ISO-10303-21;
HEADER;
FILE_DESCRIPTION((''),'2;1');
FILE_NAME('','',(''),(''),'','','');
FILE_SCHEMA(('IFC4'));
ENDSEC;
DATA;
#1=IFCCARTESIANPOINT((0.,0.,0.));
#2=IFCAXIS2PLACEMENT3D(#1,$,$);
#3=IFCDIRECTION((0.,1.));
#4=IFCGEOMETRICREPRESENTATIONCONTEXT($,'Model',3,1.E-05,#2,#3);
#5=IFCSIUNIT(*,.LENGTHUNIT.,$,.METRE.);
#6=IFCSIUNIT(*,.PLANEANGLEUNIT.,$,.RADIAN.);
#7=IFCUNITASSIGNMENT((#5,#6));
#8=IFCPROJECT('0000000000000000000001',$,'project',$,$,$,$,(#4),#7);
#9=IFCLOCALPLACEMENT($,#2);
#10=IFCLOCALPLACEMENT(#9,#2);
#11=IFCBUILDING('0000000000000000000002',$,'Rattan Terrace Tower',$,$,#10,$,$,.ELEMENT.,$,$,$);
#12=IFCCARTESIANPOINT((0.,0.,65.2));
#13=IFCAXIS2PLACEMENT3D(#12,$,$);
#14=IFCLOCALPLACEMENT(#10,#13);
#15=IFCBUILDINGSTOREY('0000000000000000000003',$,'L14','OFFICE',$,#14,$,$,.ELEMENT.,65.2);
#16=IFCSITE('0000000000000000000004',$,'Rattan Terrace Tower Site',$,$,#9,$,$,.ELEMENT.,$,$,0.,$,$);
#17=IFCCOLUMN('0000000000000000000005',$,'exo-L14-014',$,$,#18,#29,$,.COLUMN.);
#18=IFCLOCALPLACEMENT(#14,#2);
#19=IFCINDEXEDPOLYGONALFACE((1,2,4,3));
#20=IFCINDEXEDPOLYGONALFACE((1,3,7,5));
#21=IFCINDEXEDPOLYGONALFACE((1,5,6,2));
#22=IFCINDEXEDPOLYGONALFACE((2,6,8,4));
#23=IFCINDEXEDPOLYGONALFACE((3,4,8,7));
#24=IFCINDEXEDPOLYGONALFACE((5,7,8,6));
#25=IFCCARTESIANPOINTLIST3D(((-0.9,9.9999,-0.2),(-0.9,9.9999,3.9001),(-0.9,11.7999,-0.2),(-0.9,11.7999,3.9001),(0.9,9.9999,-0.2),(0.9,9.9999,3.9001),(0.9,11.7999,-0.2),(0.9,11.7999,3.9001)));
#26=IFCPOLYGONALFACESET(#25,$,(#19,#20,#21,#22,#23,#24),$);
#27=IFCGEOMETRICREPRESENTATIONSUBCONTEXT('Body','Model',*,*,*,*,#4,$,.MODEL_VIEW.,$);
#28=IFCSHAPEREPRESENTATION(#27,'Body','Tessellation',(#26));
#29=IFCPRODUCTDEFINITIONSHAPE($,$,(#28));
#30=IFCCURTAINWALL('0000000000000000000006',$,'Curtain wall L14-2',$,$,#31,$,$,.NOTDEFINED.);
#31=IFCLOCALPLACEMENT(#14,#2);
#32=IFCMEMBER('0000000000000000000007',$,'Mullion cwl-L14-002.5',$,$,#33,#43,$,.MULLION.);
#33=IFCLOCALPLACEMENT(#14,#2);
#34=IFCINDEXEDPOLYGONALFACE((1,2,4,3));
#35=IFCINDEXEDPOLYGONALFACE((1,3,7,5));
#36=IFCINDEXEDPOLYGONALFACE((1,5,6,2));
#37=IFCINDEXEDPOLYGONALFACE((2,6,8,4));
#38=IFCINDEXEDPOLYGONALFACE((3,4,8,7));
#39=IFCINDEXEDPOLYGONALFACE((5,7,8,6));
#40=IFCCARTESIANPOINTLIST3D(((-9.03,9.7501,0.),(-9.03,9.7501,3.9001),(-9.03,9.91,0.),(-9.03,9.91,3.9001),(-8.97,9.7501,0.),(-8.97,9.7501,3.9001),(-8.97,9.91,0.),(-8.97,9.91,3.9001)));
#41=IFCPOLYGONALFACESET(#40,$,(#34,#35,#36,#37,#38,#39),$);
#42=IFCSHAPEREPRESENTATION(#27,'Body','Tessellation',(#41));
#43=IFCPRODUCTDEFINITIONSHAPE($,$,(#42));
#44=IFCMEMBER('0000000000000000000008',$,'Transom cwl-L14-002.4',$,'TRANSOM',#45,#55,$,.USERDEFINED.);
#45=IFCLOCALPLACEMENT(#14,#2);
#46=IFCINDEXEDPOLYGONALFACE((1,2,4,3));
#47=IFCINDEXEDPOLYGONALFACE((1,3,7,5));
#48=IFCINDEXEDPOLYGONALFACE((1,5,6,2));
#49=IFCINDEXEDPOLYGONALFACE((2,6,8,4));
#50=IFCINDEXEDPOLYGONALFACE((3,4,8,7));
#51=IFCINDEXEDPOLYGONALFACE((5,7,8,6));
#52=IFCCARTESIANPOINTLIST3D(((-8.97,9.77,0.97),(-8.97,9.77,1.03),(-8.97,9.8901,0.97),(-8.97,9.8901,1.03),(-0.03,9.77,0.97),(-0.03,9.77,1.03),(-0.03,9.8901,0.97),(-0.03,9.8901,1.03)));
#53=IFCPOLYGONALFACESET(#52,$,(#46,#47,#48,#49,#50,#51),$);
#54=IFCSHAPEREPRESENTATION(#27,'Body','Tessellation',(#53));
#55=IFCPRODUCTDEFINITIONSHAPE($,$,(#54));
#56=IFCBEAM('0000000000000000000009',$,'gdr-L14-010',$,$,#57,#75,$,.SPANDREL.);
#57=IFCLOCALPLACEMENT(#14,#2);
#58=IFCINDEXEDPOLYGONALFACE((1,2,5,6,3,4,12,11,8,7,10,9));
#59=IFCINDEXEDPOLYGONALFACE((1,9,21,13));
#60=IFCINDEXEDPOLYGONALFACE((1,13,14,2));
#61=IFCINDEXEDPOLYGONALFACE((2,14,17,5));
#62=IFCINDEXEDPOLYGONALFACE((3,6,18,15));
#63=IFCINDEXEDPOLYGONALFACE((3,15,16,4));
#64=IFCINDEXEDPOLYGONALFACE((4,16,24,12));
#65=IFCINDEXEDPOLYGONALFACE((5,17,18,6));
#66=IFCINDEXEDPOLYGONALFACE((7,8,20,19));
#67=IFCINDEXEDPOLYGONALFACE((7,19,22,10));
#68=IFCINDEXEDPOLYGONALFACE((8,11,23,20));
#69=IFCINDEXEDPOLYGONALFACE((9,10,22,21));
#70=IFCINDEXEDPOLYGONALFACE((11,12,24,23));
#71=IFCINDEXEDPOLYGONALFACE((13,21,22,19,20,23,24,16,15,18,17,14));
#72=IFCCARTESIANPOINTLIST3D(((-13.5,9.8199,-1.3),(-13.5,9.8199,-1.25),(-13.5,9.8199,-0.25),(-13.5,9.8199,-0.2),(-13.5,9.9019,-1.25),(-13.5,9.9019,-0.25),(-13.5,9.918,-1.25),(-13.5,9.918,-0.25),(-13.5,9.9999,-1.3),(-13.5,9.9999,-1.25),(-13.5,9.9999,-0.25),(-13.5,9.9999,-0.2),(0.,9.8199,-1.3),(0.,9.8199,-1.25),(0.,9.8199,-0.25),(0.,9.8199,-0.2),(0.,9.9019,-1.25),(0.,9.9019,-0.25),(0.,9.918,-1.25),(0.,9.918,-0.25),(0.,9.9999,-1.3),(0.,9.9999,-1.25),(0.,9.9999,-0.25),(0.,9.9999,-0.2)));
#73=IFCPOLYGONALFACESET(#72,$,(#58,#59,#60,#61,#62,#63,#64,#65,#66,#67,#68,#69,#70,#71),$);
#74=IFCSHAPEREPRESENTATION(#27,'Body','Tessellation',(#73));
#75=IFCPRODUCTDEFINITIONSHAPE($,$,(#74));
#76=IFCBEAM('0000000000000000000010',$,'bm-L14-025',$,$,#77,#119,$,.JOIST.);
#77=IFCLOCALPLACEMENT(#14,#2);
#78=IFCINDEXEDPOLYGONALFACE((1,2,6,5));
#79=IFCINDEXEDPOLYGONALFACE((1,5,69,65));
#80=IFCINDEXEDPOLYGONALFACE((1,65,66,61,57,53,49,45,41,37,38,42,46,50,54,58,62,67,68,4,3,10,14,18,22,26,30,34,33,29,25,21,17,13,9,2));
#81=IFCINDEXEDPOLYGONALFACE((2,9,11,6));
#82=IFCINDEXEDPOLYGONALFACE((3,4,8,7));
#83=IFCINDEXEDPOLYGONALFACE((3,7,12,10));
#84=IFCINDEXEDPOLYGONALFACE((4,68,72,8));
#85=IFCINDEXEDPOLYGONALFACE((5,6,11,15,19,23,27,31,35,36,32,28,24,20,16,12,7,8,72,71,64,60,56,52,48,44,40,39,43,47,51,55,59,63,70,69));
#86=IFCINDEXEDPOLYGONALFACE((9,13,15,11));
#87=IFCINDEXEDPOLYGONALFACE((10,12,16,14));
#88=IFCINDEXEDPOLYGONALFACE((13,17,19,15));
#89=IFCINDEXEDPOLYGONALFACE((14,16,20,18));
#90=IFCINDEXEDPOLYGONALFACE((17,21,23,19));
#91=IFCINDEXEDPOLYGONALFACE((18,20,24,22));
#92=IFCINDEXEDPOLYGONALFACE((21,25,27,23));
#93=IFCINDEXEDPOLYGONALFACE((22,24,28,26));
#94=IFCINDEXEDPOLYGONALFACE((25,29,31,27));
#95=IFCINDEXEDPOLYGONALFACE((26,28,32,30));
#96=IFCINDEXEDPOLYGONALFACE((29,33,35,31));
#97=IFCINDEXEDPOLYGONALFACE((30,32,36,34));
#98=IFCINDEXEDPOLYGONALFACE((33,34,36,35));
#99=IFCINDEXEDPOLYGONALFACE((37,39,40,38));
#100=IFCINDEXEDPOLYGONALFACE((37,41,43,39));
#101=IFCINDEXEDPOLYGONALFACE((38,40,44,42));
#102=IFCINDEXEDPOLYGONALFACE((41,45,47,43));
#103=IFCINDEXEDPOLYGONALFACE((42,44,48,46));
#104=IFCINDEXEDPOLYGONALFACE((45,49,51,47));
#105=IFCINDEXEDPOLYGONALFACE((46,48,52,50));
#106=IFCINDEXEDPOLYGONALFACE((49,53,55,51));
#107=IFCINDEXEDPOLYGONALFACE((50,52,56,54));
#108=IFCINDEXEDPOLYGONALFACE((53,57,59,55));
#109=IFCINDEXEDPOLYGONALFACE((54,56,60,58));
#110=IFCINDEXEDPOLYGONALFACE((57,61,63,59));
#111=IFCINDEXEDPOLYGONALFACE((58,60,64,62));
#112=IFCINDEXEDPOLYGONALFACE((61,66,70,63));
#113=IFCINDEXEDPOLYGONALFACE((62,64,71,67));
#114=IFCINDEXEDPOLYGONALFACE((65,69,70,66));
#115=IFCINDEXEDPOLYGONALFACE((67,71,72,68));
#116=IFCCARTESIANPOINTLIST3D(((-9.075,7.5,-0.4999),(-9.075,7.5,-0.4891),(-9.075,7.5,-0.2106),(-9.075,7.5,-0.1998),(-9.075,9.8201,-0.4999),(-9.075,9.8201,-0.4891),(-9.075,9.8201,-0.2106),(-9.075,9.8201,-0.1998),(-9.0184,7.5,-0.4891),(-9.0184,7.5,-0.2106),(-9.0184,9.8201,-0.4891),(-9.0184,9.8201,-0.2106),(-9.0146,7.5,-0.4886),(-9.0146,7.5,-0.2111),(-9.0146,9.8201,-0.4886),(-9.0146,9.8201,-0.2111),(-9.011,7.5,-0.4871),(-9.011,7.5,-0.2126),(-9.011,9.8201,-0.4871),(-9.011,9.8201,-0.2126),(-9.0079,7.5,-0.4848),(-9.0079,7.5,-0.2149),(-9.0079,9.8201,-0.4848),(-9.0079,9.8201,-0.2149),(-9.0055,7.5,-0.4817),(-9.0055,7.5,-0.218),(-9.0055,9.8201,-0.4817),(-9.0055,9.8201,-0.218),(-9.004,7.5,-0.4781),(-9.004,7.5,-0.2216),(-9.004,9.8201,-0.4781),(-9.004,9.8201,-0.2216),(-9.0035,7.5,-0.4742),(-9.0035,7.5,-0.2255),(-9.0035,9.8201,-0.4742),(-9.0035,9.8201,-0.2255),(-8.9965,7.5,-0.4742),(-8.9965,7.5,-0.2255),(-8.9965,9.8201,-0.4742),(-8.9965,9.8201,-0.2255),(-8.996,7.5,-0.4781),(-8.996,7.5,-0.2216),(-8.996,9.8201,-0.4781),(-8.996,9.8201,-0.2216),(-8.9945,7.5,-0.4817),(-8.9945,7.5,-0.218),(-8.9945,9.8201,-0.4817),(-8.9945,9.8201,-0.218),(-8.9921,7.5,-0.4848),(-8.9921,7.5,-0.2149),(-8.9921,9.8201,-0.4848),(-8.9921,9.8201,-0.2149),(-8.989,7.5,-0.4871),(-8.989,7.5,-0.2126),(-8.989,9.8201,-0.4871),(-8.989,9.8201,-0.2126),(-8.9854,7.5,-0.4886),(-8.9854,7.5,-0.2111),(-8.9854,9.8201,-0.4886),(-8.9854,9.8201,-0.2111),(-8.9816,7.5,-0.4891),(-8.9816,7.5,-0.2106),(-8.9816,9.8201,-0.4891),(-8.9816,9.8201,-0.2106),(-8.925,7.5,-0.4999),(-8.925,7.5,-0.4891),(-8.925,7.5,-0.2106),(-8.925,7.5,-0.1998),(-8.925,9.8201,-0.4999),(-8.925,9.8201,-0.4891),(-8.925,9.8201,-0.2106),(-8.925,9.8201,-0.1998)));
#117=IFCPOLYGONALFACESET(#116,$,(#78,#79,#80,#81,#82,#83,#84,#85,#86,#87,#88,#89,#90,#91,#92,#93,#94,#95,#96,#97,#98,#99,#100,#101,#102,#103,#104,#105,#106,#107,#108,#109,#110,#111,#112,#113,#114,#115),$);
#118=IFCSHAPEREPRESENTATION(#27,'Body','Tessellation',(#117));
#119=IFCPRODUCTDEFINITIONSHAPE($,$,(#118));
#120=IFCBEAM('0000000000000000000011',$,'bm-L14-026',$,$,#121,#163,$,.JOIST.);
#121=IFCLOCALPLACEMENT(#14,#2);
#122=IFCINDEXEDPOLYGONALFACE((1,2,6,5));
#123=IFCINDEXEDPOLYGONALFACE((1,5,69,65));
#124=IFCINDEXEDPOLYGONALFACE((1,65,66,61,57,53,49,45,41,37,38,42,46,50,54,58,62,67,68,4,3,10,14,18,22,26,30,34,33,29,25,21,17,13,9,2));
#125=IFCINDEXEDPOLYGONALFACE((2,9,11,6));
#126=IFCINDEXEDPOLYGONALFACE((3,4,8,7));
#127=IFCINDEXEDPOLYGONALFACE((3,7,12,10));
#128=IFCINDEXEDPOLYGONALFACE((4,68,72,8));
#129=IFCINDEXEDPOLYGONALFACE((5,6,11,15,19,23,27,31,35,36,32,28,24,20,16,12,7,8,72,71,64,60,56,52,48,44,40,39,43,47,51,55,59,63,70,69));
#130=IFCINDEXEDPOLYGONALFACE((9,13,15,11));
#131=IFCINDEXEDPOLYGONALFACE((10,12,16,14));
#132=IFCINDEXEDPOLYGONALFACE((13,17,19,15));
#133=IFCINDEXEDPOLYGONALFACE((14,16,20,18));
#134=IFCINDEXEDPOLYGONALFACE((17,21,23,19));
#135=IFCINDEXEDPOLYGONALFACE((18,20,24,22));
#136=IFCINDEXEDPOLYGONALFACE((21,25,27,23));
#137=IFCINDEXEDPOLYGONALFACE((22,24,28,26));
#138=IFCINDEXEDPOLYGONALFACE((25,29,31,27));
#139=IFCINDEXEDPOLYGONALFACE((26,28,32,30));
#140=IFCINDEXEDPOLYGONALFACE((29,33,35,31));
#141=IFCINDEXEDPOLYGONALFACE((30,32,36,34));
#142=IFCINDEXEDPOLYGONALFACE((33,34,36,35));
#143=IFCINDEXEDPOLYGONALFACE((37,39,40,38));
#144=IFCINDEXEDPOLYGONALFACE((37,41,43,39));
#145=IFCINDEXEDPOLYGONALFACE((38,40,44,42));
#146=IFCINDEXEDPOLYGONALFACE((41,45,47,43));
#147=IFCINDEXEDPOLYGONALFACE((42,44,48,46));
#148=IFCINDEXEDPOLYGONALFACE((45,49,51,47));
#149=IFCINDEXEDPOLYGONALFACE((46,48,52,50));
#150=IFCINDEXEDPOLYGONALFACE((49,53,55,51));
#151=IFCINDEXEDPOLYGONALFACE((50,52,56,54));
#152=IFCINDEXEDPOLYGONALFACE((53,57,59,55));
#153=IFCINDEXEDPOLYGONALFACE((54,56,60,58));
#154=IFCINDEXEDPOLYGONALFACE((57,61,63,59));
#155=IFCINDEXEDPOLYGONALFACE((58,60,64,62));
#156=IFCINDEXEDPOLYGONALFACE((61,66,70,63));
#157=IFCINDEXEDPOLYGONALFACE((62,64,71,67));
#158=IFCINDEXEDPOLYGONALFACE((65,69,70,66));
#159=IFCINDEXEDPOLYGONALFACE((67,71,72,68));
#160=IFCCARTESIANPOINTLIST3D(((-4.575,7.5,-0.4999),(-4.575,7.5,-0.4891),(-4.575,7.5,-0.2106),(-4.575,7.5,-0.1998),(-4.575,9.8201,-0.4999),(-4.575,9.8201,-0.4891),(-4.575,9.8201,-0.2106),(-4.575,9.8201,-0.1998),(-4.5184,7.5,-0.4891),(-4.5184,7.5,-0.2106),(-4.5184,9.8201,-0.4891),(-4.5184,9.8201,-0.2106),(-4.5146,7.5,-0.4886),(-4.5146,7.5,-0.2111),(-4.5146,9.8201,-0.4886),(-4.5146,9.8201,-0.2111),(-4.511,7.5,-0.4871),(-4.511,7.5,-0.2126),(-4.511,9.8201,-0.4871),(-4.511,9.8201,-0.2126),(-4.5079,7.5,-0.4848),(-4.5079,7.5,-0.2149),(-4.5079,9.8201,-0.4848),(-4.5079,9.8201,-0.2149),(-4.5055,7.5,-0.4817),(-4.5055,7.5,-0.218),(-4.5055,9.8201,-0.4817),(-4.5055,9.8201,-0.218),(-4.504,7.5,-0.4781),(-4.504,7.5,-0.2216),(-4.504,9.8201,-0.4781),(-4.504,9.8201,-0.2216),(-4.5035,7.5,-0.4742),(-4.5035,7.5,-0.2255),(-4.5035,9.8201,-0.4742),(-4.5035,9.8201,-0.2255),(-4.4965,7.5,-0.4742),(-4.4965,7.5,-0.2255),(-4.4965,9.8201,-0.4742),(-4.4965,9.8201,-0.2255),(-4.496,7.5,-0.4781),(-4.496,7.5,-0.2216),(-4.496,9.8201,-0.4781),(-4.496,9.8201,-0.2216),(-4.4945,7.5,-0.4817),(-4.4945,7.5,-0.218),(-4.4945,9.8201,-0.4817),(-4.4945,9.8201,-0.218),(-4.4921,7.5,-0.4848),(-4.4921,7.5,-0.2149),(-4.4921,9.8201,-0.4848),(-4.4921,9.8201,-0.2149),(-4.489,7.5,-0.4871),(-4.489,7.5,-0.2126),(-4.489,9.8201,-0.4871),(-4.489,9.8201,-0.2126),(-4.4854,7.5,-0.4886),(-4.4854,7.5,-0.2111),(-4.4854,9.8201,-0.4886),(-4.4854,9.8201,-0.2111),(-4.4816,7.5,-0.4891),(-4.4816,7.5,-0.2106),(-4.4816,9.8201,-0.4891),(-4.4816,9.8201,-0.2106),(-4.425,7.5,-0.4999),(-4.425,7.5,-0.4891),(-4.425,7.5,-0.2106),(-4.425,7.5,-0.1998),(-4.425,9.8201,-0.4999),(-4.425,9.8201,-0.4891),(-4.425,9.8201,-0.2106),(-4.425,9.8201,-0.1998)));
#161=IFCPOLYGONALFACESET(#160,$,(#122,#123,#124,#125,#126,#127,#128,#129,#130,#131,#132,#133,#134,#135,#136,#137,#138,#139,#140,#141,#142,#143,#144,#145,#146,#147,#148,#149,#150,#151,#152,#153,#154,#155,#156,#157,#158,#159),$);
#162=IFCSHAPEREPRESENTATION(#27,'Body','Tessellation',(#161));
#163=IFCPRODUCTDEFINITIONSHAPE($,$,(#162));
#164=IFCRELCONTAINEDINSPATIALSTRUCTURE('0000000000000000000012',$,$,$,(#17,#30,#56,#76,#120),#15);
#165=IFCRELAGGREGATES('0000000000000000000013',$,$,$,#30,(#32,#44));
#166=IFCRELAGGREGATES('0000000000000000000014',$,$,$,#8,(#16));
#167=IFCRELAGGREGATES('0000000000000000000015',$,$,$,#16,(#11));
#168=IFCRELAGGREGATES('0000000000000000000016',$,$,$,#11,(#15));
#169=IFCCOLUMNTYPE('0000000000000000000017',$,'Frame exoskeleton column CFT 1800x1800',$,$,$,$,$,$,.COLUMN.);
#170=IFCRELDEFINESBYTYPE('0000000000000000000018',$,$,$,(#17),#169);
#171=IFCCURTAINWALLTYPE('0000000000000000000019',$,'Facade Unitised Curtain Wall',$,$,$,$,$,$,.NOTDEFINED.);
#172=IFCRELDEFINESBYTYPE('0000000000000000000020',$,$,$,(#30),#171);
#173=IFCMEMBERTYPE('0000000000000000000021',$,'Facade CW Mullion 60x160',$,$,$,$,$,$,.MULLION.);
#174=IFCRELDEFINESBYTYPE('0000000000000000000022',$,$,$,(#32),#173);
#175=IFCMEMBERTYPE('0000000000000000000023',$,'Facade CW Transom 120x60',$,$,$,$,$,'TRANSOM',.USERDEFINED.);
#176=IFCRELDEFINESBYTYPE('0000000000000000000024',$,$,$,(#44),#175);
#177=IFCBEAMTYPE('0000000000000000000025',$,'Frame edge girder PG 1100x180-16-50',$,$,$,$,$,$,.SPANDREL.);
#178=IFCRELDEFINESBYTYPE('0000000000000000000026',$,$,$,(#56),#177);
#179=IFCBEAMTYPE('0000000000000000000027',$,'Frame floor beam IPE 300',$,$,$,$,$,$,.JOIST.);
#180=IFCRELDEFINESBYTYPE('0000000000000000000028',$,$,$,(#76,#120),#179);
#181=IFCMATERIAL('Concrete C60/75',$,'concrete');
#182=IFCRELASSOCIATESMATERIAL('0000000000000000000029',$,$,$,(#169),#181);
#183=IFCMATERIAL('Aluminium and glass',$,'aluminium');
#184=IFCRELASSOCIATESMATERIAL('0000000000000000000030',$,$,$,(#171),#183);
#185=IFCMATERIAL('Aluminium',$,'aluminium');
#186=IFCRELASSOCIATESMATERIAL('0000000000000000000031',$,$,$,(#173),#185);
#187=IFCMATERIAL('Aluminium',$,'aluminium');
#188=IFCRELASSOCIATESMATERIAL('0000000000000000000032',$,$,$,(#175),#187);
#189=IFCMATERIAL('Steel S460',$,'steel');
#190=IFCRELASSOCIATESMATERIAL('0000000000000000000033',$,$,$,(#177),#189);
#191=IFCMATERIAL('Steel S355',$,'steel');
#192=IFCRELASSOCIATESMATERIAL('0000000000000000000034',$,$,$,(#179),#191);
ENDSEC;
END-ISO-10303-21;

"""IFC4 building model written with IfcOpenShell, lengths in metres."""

from ifc_helpers import new_model, si_unit, direction, frame, origin, origin_2d, place, context, subcontext, project, spatial, rectangle, i_section, extrude, material, material_profile, profile_set, type_object, element, aggregate, save


model = new_model("IFC4")

# Units and contexts
model_context = context("Model", 3, precision=1e-05, world=origin(), true_north=direction((0.0, 1.0)))
body_context = subcontext(model_context, "Body", "Model", "MODEL_VIEW")
ifc_project = project(units=[si_unit("LENGTHUNIT", "METRE"), si_unit("PLANEANGLEUNIT", "RADIAN")], contexts=[model_context])

# Site, building, storey
site_placement = place(None, origin())
site = spatial("IfcSite", under=ifc_project, at=site_placement, Name="Rattan Terrace Tower Site", CompositionType="ELEMENT", RefElevation=0.0)
building_placement = place(site_placement, origin())
building = spatial("IfcBuilding", under=site, at=building_placement, Name="Rattan Terrace Tower", CompositionType="ELEMENT")
storey_placement = place(building_placement, frame((0.0, 0.0, 65.2)))
storey = spatial("IfcBuildingStorey", under=building, at=storey_placement, Name="L14", Description="OFFICE", CompositionType="ELEMENT", Elevation=65.2)

# Column
ifc_material_1 = material(Name="Concrete C60/75", Category="concrete")
ifc_material_profile_1 = material_profile(ifc_material_1, rectangle(XDim=1.8, YDim=1.8, at=origin_2d()), Name="CFT 1800x1800")
ifc_profile_set_1 = profile_set([ifc_material_profile_1], Name="Concrete C60/75")
column_type = type_object("IfcColumnType", Name="Frame exoskeleton column CFT 1800x1800", PredefinedType="COLUMN", material=ifc_profile_set_1)
column_placement = place(storey_placement, frame((0.0, 10.8999, -0.2), z_axis=(0.0, 0.0, 1.0), x_axis=(1.0, 0.0, 0.0)))
element("IfcColumn", 1, at=column_placement, inside=storey, type_object=column_type, Name="exo-L14-014", PredefinedType="COLUMN", context=body_context, shape_type="SweptSolid", body=[
    extrude(rectangle(XDim=1.8, YDim=1.8, at=origin_2d()), origin(), (0.0, 0.0, 1.0), 4.1001),
])

# Curtain wall, members
ifc_material_2 = material(Name="Aluminium and glass", Category="aluminium")
curtain_wall_type = type_object("IfcCurtainWallType", Name="Facade Unitised Curtain Wall", PredefinedType="NOTDEFINED", material=ifc_material_2)
curtain_wall_placement = place(storey_placement, origin())
curtain_wall = element("IfcCurtainWall", 2, at=curtain_wall_placement, inside=storey, type_object=curtain_wall_type, Name="Curtain wall L14-2", PredefinedType="NOTDEFINED")
ifc_material_3 = material(Name="Aluminium", Category="aluminium")
ifc_material_profile_2 = material_profile(ifc_material_3, rectangle(XDim=0.0601, YDim=0.1599, at=origin_2d()), Name="Aluminium 60x160")
ifc_profile_set_2 = profile_set([ifc_material_profile_2], Name="Aluminium")
member_type_1 = type_object("IfcMemberType", Name="Facade CW Mullion 60x160", PredefinedType="MULLION", material=ifc_profile_set_2)
member_1_placement = place(storey_placement, frame((-9.0, 9.8301, 0.0), z_axis=(0.0, 0.0, 1.0), x_axis=(-1.0, 0.0, 0.0)))
member_1 = element("IfcMember", 3, at=member_1_placement, type_object=member_type_1, Name="Mullion cwl-L14-002.5", PredefinedType="MULLION", context=body_context, shape_type="SweptSolid", body=[
    extrude(rectangle(XDim=0.0601, YDim=0.1599, at=origin_2d()), origin(), (0.0, 0.0, 1.0), 3.9001),
])
ifc_material_4 = material(Name="Aluminium", Category="aluminium")
ifc_material_profile_3 = material_profile(ifc_material_4, rectangle(XDim=0.1201, YDim=0.0601, at=origin_2d()), Name="Aluminium 120x60")
ifc_profile_set_3 = profile_set([ifc_material_profile_3], Name="Aluminium")
member_type_2 = type_object("IfcMemberType", Name="Facade CW Transom 120x60", ElementType="TRANSOM", PredefinedType="USERDEFINED", material=ifc_profile_set_3)
member_2_placement = place(storey_placement, frame((-0.03, 9.8301, 1.0), z_axis=(-1.0, 0.0, 0.0), x_axis=(0.0, -1.0, 0.0)))
member_2 = element("IfcMember", 4, at=member_2_placement, type_object=member_type_2, Name="Transom cwl-L14-002.4", ObjectType="TRANSOM", PredefinedType="USERDEFINED", context=body_context, shape_type="SweptSolid", body=[
    extrude(rectangle(XDim=0.1201, YDim=0.0601, at=origin_2d()), origin(), (0.0, 0.0, 1.0), 8.9399),
])

# Beams
ifc_material_5 = material(Name="Steel S460", Category="steel")
ifc_material_profile_4 = material_profile(ifc_material_5, i_section(OverallWidth=0.1799, OverallDepth=1.1001, WebThickness=0.0161, FlangeThickness=0.05, at=origin_2d()), Name="PG 1100x180-16-50")
ifc_profile_set_4 = profile_set([ifc_material_profile_4], Name="Steel S460")
beam_type_1 = type_object("IfcBeamType", Name="Frame edge girder PG 1100x180-16-50", PredefinedType="SPANDREL", material=ifc_profile_set_4)
beam_placement = place(storey_placement, frame((0.0, 9.9099, -0.75), z_axis=(-1.0, 0.0, 0.0), x_axis=(0.0, -1.0, 0.0)))
element("IfcBeam", 5, at=beam_placement, inside=storey, type_object=beam_type_1, Name="gdr-L14-010", PredefinedType="SPANDREL", context=body_context, shape_type="SweptSolid", body=[
    extrude(i_section(OverallWidth=0.1799, OverallDepth=1.1001, WebThickness=0.0161, FlangeThickness=0.05, at=origin_2d()), origin(), (0.0, 0.0, 1.0), 13.5),
])
ifc_material_6 = material(Name="Steel S355", Category="steel")
ifc_material_profile_5 = material_profile(ifc_material_6, i_section(OverallWidth=0.1499, OverallDepth=0.3, WebThickness=0.0071, FlangeThickness=0.0107, FilletRadius=0.0149, at=origin_2d()), Name="IPE 300")
ifc_profile_set_5 = profile_set([ifc_material_profile_5], Name="Steel S355")
beam_type_2 = type_object("IfcBeamType", Name="Frame floor beam IPE 300", PredefinedType="JOIST", material=ifc_profile_set_5)
for number, where, z_axis, x_axis, name in (
    (6, (-9.0, 7.5, -0.3499), (0.0, 1.0, 0.0), (-1.0, 0.0, 0.0), "bm-L14-025"),
    (7, (-4.5, 7.5, -0.3499), (0.0, 1.0, 0.0), (-1.0, 0.0, 0.0), "bm-L14-026"),
):
    element("IfcBeam", number, at=place(storey_placement, frame(where, z_axis=z_axis, x_axis=x_axis)), inside=storey, type_object=beam_type_2, Name=name, PredefinedType="JOIST", context=body_context, shape_type="SweptSolid", body=[
        extrude(i_section(OverallWidth=0.1499, OverallDepth=0.3, WebThickness=0.0071, FlangeThickness=0.0107, FilletRadius=0.0149, at=origin_2d()), origin(), (0.0, 0.0, 1.0), 2.3201),
    ])

aggregate(curtain_wall, [member_1, member_2])

save(model, "model.ifc")
